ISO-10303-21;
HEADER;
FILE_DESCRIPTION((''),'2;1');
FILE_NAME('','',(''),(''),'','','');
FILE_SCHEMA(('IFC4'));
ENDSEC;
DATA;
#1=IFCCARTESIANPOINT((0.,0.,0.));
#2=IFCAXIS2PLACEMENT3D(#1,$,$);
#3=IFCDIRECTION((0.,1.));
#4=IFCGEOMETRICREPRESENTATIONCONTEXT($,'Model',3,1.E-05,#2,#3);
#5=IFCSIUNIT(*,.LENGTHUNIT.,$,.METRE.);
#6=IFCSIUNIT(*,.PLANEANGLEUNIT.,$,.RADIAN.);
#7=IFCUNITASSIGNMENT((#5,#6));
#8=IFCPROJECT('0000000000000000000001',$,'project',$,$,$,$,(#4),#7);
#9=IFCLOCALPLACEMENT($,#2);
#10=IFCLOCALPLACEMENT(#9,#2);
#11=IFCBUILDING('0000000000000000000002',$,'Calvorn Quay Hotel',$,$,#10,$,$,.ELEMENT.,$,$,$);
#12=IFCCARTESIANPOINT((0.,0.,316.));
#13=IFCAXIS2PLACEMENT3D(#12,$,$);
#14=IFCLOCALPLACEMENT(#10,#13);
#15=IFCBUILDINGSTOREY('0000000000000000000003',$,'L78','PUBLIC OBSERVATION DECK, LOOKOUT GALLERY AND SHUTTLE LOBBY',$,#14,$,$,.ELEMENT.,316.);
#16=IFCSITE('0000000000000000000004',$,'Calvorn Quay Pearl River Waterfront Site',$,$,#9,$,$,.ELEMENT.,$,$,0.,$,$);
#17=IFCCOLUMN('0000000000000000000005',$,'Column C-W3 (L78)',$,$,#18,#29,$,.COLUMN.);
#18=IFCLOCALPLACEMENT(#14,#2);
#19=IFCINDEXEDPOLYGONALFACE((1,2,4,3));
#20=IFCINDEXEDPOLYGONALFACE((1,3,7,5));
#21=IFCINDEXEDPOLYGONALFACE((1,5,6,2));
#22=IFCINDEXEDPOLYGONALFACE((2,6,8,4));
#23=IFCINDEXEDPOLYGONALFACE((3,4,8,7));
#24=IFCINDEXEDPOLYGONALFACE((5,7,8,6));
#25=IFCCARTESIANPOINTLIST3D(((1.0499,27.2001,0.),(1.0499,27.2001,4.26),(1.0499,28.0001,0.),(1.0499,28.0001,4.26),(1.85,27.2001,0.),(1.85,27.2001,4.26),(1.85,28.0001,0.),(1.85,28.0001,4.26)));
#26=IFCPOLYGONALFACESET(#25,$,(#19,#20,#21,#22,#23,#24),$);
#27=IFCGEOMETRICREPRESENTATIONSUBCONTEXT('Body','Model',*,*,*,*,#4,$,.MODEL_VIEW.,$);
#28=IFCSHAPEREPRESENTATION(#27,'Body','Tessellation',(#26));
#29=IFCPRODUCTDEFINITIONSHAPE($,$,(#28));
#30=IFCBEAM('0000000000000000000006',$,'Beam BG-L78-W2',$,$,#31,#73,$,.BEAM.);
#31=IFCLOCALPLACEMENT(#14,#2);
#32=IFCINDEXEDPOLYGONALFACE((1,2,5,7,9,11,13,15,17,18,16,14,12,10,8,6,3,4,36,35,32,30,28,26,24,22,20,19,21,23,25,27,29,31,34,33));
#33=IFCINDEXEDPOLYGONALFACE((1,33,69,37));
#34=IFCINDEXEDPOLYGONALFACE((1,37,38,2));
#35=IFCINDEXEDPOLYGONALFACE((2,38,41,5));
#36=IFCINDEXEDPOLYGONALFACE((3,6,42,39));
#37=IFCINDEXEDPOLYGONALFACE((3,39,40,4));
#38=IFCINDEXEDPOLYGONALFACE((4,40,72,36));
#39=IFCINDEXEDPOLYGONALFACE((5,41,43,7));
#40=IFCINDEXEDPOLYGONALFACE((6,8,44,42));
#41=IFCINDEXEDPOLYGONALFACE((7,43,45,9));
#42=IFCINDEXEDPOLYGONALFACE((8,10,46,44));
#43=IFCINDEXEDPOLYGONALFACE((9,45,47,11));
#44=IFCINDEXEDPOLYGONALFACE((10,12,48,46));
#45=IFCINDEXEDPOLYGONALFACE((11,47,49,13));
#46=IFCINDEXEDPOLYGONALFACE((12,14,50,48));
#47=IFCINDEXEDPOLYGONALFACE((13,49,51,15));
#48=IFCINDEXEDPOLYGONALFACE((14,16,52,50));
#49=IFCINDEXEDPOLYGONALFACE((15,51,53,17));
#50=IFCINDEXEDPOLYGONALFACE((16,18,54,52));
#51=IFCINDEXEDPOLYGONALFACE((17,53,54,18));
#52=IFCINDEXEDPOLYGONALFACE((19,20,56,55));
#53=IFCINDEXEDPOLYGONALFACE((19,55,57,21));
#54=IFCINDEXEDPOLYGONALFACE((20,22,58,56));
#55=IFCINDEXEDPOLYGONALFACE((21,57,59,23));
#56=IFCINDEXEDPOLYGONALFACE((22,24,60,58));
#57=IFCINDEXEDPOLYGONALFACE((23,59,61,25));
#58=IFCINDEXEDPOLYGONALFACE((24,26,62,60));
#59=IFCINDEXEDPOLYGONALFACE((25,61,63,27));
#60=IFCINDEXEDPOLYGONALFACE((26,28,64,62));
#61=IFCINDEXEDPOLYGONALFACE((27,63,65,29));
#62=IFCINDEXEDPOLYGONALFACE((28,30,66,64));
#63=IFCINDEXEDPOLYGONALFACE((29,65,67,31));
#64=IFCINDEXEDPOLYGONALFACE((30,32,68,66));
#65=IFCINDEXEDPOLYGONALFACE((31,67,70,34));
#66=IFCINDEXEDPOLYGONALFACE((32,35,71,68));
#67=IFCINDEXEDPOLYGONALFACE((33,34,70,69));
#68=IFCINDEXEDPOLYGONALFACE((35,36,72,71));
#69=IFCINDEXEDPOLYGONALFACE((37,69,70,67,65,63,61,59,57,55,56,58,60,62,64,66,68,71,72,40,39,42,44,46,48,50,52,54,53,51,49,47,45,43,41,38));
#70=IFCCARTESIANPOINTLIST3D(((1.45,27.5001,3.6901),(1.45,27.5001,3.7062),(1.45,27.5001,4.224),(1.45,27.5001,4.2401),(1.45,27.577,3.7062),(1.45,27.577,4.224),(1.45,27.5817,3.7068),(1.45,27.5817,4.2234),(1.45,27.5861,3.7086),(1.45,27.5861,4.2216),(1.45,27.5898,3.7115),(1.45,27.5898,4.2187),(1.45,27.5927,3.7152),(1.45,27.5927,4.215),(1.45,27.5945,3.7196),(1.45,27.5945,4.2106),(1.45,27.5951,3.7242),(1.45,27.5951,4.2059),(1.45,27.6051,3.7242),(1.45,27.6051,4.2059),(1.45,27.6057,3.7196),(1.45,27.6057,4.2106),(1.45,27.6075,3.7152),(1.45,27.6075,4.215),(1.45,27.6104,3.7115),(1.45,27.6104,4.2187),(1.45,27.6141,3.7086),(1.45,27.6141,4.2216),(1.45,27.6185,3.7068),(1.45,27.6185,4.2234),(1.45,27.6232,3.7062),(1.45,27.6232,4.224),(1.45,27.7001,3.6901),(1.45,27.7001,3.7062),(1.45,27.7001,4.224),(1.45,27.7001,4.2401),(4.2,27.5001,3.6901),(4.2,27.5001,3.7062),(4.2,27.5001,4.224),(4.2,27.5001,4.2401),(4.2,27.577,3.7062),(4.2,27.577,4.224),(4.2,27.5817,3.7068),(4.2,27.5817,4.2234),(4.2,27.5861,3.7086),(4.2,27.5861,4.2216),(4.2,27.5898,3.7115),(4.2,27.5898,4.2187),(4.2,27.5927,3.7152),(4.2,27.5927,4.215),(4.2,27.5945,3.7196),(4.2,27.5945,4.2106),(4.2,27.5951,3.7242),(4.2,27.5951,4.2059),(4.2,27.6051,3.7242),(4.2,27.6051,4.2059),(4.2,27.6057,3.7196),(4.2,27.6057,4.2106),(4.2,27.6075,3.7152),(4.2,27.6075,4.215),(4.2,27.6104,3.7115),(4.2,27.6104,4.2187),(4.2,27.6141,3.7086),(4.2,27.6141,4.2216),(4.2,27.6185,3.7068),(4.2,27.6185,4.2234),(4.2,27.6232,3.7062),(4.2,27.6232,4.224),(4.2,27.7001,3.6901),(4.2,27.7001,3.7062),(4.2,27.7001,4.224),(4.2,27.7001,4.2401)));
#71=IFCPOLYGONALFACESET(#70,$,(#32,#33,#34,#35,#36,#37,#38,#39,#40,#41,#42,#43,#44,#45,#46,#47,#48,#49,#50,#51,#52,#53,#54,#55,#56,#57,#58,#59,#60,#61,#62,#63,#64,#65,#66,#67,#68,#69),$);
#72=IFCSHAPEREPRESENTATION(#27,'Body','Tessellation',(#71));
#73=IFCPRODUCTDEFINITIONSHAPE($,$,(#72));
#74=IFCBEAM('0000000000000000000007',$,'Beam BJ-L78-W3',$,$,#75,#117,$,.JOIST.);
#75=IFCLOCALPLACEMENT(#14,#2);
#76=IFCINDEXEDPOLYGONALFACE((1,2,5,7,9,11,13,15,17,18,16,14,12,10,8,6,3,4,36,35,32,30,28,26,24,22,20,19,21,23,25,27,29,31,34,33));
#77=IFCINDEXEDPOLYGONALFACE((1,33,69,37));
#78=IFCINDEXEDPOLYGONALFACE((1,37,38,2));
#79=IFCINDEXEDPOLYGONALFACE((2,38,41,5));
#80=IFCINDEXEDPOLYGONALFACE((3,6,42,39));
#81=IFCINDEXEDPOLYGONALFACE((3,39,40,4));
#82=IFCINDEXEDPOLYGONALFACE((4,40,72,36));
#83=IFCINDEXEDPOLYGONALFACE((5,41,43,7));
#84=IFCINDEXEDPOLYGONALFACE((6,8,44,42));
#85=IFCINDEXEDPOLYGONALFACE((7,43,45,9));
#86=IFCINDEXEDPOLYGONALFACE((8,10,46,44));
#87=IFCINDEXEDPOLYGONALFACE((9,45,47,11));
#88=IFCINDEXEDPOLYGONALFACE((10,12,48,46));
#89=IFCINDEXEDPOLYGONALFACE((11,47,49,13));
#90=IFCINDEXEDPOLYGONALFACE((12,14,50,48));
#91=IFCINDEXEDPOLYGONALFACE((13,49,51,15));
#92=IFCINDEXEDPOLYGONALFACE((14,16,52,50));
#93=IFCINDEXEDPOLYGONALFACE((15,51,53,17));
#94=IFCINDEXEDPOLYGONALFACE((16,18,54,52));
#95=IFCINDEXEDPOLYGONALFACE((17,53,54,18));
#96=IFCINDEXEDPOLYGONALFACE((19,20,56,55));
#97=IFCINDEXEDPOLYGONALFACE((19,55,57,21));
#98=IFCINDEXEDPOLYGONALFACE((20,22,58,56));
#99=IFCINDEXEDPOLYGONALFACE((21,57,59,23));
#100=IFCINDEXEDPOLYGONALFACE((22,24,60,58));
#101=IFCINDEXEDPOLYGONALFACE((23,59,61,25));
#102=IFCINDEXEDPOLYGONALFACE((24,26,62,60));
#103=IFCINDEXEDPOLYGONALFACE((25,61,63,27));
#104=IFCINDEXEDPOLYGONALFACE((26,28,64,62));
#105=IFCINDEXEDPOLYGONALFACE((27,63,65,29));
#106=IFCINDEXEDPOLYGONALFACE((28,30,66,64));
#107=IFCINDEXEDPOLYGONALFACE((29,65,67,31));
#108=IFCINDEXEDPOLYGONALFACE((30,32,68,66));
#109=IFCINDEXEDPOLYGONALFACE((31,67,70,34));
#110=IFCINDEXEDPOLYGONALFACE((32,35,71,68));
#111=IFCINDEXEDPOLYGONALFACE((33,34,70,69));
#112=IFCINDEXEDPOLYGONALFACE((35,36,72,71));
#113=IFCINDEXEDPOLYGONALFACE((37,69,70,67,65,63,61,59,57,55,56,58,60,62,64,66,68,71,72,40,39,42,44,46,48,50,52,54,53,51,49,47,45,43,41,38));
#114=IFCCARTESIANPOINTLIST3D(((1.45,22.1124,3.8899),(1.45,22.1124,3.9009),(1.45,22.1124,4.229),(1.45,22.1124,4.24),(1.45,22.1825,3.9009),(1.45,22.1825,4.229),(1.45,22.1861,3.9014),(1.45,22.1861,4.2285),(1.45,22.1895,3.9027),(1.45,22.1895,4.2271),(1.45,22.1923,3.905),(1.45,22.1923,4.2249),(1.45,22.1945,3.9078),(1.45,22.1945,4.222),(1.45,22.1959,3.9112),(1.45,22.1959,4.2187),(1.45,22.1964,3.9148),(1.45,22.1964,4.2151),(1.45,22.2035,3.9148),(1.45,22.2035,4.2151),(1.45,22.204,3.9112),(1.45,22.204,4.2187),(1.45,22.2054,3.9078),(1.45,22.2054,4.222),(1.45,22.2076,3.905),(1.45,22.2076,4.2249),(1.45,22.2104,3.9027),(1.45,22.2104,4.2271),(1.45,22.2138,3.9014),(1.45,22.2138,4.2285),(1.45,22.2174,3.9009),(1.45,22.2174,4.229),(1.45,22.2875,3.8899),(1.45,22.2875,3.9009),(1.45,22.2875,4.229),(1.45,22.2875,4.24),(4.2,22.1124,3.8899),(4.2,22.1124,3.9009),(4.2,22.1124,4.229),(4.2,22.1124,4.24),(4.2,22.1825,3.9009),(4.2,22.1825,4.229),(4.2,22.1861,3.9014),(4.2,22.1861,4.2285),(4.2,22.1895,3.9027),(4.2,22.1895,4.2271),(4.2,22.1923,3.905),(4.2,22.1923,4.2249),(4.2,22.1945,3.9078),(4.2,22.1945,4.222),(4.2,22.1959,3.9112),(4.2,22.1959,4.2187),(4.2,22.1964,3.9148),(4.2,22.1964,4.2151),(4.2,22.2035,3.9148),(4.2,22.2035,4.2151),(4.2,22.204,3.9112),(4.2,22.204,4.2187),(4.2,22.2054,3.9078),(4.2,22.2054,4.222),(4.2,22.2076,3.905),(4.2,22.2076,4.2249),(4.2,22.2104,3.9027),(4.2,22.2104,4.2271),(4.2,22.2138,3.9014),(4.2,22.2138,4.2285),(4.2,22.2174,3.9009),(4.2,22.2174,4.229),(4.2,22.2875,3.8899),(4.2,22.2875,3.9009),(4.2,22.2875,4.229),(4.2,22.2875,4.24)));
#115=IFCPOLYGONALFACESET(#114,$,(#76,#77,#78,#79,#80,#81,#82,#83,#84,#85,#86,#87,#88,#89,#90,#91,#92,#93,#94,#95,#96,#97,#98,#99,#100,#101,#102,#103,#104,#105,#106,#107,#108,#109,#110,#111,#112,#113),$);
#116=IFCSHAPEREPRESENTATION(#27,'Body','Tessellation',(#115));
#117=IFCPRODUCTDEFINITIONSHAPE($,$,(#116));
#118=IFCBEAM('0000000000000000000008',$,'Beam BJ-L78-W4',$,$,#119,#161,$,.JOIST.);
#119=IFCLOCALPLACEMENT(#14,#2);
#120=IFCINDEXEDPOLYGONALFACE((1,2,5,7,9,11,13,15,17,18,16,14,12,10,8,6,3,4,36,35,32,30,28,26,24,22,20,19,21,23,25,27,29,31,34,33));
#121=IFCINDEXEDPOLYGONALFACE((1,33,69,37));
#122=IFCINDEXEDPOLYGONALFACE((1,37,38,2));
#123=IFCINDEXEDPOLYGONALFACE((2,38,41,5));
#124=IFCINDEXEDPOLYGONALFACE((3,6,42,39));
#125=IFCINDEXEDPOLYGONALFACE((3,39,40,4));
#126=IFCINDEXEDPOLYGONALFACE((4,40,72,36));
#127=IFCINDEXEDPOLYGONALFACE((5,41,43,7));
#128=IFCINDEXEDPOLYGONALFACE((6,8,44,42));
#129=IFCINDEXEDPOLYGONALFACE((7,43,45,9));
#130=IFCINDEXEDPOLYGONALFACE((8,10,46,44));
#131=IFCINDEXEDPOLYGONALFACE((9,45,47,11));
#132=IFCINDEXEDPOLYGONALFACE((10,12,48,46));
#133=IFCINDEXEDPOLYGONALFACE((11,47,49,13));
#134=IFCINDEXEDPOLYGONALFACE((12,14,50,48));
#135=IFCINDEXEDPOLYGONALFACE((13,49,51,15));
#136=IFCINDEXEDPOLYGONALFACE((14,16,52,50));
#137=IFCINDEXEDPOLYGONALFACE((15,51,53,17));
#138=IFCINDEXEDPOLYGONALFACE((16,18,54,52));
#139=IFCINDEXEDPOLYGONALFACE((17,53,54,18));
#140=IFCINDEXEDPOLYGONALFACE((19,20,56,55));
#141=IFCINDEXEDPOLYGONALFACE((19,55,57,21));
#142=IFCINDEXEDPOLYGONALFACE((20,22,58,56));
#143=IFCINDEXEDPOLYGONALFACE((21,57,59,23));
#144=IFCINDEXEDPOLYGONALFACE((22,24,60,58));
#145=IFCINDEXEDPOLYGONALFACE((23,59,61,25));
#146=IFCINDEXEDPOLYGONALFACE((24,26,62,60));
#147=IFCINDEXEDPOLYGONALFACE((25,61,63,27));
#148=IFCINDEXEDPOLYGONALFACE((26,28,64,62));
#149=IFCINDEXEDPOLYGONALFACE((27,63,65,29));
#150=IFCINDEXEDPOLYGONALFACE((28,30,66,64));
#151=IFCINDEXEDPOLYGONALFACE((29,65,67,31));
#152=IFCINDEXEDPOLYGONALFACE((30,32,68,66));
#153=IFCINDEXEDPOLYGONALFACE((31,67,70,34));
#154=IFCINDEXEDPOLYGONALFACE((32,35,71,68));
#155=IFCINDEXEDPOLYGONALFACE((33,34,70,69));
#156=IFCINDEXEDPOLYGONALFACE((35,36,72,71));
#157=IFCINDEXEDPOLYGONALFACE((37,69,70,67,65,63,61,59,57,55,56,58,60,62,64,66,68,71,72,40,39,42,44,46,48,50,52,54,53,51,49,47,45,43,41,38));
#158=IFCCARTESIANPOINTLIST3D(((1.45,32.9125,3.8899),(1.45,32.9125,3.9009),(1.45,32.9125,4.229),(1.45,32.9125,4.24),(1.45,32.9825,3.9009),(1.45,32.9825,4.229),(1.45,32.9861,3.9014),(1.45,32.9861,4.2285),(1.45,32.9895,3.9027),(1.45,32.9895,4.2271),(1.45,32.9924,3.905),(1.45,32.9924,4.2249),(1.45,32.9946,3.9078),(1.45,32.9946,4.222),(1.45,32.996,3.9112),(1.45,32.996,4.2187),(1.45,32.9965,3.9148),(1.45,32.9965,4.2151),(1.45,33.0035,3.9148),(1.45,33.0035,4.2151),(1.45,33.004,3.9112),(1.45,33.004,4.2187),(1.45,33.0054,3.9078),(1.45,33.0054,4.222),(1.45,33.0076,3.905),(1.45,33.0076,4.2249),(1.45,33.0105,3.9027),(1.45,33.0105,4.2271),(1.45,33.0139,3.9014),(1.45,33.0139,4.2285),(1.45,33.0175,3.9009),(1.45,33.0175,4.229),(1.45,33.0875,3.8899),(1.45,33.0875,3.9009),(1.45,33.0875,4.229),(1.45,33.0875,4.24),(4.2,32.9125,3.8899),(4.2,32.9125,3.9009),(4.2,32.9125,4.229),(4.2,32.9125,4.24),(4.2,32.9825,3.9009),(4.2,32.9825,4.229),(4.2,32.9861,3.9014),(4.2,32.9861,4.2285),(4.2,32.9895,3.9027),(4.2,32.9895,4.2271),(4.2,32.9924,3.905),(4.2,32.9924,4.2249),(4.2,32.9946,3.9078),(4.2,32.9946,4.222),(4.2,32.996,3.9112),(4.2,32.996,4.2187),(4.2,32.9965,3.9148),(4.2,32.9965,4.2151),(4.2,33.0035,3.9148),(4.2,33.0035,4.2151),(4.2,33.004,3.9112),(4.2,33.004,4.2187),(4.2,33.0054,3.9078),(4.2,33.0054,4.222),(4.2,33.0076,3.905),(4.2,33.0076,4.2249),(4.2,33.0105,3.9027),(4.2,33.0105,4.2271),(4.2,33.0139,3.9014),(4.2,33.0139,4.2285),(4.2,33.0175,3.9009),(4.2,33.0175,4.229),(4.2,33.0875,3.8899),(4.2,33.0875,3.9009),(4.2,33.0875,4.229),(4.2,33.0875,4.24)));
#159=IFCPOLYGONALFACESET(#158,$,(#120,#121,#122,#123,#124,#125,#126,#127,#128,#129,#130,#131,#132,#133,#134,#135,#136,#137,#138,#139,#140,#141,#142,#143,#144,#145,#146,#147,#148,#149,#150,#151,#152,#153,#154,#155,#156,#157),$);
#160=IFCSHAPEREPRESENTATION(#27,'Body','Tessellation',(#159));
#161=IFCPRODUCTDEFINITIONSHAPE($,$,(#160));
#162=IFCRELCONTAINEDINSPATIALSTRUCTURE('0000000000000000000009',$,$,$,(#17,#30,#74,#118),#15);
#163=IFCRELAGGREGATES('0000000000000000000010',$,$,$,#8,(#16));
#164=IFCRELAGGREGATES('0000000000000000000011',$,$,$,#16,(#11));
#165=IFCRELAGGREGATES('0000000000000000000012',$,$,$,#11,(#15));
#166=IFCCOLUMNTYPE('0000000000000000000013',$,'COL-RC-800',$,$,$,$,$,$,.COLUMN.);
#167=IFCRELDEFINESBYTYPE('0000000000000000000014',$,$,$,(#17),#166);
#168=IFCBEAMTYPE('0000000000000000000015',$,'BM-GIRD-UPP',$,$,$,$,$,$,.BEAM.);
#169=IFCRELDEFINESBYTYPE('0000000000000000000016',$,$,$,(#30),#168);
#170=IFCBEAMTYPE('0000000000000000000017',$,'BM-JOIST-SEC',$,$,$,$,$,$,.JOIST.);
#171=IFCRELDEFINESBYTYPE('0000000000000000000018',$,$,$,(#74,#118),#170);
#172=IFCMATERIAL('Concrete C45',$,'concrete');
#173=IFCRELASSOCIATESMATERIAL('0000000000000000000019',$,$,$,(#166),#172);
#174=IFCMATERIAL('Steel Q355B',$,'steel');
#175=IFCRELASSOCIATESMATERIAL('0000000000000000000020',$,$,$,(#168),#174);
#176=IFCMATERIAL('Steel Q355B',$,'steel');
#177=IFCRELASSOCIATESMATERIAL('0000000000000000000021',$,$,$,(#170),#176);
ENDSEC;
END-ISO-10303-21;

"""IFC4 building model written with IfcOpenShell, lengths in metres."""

from ifc_helpers import new_model, si_unit, direction, frame, origin, origin_2d, place, context, subcontext, project, spatial, rectangle, i_section, extrude, material, material_profile, profile_set, type_object, element, save


model = new_model("IFC4")

# Units and contexts
model_context = context("Model", 3, precision=1e-05, world=origin(), true_north=direction((0.0, 1.0)))
body_context = subcontext(model_context, "Body", "Model", "MODEL_VIEW")
ifc_project = project(units=[si_unit("LENGTHUNIT", "METRE"), si_unit("PLANEANGLEUNIT", "RADIAN")], contexts=[model_context])

# Site, building, storey
site_placement = place(None, origin())
site = spatial("IfcSite", under=ifc_project, at=site_placement, Name="Calvorn Quay Pearl River Waterfront Site", CompositionType="ELEMENT", RefElevation=0.0)
building_placement = place(site_placement, origin())
building = spatial("IfcBuilding", under=site, at=building_placement, Name="Calvorn Quay Hotel", CompositionType="ELEMENT")
storey_placement = place(building_placement, frame((0.0, 0.0, 316.0)))
storey = spatial("IfcBuildingStorey", under=building, at=storey_placement, Name="L78", Description="PUBLIC OBSERVATION DECK, LOOKOUT GALLERY AND SHUTTLE LOBBY", CompositionType="ELEMENT", Elevation=316.0)

# Column
ifc_material_1 = material(Name="Concrete C45", Category="concrete")
ifc_material_profile_1 = material_profile(ifc_material_1, rectangle(XDim=0.8, YDim=0.8, at=origin_2d()), Name="RC800x800")
ifc_profile_set_1 = profile_set([ifc_material_profile_1], Name="Concrete C45")
column_type = type_object("IfcColumnType", Name="COL-RC-800", PredefinedType="COLUMN", material=ifc_profile_set_1)
column_placement = place(storey_placement, frame((1.45, 27.6001, 0.0), z_axis=(0.0, 0.0, 1.0), x_axis=(1.0, 0.0, 0.0)))
element("IfcColumn", 1, at=column_placement, inside=storey, type_object=column_type, Name="Column C-W3 (L78)", PredefinedType="COLUMN", context=body_context, shape_type="SweptSolid", body=[
    extrude(rectangle(XDim=0.8, YDim=0.8, at=origin_2d()), origin(), (0.0, 0.0, 1.0), 4.26),
])

# Beams
ifc_material_2 = material(Name="Steel Q355B", Category="steel")
ifc_material_profile_2 = material_profile(ifc_material_2, i_section(OverallWidth=0.2, OverallDepth=0.55, WebThickness=0.01, FlangeThickness=0.0161, FilletRadius=0.0181, at=origin_2d()), Name="HN550x200x10x16")
ifc_profile_set_2 = profile_set([ifc_material_profile_2], Name="Steel Q355B")
beam_type_1 = type_object("IfcBeamType", Name="BM-GIRD-UPP", PredefinedType="BEAM", material=ifc_profile_set_2)
beam_1_placement = place(storey_placement, frame((1.45, 27.6001, 3.9651), z_axis=(1.0, 0.0, 0.0), x_axis=(0.0, 1.0, 0.0)))
element("IfcBeam", 2, at=beam_1_placement, inside=storey, type_object=beam_type_1, Name="Beam BG-L78-W2", PredefinedType="BEAM", context=body_context, shape_type="SweptSolid", body=[
    extrude(i_section(OverallWidth=0.2, OverallDepth=0.55, WebThickness=0.01, FlangeThickness=0.0161, FilletRadius=0.0181, at=origin_2d()), origin(), (0.0, 0.0, 1.0), 2.75),
])
ifc_material_3 = material(Name="Steel Q355B", Category="steel")
ifc_material_profile_3 = material_profile(ifc_material_3, i_section(OverallWidth=0.175, OverallDepth=0.3501, WebThickness=0.0071, FlangeThickness=0.011, FilletRadius=0.0139, at=origin_2d()), Name="HN350x175x7x11")
ifc_profile_set_3 = profile_set([ifc_material_profile_3], Name="Steel Q355B")
beam_type_2 = type_object("IfcBeamType", Name="BM-JOIST-SEC", PredefinedType="JOIST", material=ifc_profile_set_3)
for number, where, z_axis, x_axis, name in (
    (3, (1.45, 22.2, 4.0649), (1.0, 0.0, 0.0), (0.0, 1.0, 0.0), "Beam BJ-L78-W3"),
    (4, (1.45, 33.0, 4.0649), (1.0, 0.0, 0.0), (0.0, 1.0, 0.0), "Beam BJ-L78-W4"),
):
    element("IfcBeam", number, at=place(storey_placement, frame(where, z_axis=z_axis, x_axis=x_axis)), inside=storey, type_object=beam_type_2, Name=name, PredefinedType="JOIST", context=body_context, shape_type="SweptSolid", body=[
        extrude(i_section(OverallWidth=0.175, OverallDepth=0.3501, WebThickness=0.0071, FlangeThickness=0.011, FilletRadius=0.0139, at=origin_2d()), origin(), (0.0, 0.0, 1.0), 2.75),
    ])

save(model, "model.ifc")
